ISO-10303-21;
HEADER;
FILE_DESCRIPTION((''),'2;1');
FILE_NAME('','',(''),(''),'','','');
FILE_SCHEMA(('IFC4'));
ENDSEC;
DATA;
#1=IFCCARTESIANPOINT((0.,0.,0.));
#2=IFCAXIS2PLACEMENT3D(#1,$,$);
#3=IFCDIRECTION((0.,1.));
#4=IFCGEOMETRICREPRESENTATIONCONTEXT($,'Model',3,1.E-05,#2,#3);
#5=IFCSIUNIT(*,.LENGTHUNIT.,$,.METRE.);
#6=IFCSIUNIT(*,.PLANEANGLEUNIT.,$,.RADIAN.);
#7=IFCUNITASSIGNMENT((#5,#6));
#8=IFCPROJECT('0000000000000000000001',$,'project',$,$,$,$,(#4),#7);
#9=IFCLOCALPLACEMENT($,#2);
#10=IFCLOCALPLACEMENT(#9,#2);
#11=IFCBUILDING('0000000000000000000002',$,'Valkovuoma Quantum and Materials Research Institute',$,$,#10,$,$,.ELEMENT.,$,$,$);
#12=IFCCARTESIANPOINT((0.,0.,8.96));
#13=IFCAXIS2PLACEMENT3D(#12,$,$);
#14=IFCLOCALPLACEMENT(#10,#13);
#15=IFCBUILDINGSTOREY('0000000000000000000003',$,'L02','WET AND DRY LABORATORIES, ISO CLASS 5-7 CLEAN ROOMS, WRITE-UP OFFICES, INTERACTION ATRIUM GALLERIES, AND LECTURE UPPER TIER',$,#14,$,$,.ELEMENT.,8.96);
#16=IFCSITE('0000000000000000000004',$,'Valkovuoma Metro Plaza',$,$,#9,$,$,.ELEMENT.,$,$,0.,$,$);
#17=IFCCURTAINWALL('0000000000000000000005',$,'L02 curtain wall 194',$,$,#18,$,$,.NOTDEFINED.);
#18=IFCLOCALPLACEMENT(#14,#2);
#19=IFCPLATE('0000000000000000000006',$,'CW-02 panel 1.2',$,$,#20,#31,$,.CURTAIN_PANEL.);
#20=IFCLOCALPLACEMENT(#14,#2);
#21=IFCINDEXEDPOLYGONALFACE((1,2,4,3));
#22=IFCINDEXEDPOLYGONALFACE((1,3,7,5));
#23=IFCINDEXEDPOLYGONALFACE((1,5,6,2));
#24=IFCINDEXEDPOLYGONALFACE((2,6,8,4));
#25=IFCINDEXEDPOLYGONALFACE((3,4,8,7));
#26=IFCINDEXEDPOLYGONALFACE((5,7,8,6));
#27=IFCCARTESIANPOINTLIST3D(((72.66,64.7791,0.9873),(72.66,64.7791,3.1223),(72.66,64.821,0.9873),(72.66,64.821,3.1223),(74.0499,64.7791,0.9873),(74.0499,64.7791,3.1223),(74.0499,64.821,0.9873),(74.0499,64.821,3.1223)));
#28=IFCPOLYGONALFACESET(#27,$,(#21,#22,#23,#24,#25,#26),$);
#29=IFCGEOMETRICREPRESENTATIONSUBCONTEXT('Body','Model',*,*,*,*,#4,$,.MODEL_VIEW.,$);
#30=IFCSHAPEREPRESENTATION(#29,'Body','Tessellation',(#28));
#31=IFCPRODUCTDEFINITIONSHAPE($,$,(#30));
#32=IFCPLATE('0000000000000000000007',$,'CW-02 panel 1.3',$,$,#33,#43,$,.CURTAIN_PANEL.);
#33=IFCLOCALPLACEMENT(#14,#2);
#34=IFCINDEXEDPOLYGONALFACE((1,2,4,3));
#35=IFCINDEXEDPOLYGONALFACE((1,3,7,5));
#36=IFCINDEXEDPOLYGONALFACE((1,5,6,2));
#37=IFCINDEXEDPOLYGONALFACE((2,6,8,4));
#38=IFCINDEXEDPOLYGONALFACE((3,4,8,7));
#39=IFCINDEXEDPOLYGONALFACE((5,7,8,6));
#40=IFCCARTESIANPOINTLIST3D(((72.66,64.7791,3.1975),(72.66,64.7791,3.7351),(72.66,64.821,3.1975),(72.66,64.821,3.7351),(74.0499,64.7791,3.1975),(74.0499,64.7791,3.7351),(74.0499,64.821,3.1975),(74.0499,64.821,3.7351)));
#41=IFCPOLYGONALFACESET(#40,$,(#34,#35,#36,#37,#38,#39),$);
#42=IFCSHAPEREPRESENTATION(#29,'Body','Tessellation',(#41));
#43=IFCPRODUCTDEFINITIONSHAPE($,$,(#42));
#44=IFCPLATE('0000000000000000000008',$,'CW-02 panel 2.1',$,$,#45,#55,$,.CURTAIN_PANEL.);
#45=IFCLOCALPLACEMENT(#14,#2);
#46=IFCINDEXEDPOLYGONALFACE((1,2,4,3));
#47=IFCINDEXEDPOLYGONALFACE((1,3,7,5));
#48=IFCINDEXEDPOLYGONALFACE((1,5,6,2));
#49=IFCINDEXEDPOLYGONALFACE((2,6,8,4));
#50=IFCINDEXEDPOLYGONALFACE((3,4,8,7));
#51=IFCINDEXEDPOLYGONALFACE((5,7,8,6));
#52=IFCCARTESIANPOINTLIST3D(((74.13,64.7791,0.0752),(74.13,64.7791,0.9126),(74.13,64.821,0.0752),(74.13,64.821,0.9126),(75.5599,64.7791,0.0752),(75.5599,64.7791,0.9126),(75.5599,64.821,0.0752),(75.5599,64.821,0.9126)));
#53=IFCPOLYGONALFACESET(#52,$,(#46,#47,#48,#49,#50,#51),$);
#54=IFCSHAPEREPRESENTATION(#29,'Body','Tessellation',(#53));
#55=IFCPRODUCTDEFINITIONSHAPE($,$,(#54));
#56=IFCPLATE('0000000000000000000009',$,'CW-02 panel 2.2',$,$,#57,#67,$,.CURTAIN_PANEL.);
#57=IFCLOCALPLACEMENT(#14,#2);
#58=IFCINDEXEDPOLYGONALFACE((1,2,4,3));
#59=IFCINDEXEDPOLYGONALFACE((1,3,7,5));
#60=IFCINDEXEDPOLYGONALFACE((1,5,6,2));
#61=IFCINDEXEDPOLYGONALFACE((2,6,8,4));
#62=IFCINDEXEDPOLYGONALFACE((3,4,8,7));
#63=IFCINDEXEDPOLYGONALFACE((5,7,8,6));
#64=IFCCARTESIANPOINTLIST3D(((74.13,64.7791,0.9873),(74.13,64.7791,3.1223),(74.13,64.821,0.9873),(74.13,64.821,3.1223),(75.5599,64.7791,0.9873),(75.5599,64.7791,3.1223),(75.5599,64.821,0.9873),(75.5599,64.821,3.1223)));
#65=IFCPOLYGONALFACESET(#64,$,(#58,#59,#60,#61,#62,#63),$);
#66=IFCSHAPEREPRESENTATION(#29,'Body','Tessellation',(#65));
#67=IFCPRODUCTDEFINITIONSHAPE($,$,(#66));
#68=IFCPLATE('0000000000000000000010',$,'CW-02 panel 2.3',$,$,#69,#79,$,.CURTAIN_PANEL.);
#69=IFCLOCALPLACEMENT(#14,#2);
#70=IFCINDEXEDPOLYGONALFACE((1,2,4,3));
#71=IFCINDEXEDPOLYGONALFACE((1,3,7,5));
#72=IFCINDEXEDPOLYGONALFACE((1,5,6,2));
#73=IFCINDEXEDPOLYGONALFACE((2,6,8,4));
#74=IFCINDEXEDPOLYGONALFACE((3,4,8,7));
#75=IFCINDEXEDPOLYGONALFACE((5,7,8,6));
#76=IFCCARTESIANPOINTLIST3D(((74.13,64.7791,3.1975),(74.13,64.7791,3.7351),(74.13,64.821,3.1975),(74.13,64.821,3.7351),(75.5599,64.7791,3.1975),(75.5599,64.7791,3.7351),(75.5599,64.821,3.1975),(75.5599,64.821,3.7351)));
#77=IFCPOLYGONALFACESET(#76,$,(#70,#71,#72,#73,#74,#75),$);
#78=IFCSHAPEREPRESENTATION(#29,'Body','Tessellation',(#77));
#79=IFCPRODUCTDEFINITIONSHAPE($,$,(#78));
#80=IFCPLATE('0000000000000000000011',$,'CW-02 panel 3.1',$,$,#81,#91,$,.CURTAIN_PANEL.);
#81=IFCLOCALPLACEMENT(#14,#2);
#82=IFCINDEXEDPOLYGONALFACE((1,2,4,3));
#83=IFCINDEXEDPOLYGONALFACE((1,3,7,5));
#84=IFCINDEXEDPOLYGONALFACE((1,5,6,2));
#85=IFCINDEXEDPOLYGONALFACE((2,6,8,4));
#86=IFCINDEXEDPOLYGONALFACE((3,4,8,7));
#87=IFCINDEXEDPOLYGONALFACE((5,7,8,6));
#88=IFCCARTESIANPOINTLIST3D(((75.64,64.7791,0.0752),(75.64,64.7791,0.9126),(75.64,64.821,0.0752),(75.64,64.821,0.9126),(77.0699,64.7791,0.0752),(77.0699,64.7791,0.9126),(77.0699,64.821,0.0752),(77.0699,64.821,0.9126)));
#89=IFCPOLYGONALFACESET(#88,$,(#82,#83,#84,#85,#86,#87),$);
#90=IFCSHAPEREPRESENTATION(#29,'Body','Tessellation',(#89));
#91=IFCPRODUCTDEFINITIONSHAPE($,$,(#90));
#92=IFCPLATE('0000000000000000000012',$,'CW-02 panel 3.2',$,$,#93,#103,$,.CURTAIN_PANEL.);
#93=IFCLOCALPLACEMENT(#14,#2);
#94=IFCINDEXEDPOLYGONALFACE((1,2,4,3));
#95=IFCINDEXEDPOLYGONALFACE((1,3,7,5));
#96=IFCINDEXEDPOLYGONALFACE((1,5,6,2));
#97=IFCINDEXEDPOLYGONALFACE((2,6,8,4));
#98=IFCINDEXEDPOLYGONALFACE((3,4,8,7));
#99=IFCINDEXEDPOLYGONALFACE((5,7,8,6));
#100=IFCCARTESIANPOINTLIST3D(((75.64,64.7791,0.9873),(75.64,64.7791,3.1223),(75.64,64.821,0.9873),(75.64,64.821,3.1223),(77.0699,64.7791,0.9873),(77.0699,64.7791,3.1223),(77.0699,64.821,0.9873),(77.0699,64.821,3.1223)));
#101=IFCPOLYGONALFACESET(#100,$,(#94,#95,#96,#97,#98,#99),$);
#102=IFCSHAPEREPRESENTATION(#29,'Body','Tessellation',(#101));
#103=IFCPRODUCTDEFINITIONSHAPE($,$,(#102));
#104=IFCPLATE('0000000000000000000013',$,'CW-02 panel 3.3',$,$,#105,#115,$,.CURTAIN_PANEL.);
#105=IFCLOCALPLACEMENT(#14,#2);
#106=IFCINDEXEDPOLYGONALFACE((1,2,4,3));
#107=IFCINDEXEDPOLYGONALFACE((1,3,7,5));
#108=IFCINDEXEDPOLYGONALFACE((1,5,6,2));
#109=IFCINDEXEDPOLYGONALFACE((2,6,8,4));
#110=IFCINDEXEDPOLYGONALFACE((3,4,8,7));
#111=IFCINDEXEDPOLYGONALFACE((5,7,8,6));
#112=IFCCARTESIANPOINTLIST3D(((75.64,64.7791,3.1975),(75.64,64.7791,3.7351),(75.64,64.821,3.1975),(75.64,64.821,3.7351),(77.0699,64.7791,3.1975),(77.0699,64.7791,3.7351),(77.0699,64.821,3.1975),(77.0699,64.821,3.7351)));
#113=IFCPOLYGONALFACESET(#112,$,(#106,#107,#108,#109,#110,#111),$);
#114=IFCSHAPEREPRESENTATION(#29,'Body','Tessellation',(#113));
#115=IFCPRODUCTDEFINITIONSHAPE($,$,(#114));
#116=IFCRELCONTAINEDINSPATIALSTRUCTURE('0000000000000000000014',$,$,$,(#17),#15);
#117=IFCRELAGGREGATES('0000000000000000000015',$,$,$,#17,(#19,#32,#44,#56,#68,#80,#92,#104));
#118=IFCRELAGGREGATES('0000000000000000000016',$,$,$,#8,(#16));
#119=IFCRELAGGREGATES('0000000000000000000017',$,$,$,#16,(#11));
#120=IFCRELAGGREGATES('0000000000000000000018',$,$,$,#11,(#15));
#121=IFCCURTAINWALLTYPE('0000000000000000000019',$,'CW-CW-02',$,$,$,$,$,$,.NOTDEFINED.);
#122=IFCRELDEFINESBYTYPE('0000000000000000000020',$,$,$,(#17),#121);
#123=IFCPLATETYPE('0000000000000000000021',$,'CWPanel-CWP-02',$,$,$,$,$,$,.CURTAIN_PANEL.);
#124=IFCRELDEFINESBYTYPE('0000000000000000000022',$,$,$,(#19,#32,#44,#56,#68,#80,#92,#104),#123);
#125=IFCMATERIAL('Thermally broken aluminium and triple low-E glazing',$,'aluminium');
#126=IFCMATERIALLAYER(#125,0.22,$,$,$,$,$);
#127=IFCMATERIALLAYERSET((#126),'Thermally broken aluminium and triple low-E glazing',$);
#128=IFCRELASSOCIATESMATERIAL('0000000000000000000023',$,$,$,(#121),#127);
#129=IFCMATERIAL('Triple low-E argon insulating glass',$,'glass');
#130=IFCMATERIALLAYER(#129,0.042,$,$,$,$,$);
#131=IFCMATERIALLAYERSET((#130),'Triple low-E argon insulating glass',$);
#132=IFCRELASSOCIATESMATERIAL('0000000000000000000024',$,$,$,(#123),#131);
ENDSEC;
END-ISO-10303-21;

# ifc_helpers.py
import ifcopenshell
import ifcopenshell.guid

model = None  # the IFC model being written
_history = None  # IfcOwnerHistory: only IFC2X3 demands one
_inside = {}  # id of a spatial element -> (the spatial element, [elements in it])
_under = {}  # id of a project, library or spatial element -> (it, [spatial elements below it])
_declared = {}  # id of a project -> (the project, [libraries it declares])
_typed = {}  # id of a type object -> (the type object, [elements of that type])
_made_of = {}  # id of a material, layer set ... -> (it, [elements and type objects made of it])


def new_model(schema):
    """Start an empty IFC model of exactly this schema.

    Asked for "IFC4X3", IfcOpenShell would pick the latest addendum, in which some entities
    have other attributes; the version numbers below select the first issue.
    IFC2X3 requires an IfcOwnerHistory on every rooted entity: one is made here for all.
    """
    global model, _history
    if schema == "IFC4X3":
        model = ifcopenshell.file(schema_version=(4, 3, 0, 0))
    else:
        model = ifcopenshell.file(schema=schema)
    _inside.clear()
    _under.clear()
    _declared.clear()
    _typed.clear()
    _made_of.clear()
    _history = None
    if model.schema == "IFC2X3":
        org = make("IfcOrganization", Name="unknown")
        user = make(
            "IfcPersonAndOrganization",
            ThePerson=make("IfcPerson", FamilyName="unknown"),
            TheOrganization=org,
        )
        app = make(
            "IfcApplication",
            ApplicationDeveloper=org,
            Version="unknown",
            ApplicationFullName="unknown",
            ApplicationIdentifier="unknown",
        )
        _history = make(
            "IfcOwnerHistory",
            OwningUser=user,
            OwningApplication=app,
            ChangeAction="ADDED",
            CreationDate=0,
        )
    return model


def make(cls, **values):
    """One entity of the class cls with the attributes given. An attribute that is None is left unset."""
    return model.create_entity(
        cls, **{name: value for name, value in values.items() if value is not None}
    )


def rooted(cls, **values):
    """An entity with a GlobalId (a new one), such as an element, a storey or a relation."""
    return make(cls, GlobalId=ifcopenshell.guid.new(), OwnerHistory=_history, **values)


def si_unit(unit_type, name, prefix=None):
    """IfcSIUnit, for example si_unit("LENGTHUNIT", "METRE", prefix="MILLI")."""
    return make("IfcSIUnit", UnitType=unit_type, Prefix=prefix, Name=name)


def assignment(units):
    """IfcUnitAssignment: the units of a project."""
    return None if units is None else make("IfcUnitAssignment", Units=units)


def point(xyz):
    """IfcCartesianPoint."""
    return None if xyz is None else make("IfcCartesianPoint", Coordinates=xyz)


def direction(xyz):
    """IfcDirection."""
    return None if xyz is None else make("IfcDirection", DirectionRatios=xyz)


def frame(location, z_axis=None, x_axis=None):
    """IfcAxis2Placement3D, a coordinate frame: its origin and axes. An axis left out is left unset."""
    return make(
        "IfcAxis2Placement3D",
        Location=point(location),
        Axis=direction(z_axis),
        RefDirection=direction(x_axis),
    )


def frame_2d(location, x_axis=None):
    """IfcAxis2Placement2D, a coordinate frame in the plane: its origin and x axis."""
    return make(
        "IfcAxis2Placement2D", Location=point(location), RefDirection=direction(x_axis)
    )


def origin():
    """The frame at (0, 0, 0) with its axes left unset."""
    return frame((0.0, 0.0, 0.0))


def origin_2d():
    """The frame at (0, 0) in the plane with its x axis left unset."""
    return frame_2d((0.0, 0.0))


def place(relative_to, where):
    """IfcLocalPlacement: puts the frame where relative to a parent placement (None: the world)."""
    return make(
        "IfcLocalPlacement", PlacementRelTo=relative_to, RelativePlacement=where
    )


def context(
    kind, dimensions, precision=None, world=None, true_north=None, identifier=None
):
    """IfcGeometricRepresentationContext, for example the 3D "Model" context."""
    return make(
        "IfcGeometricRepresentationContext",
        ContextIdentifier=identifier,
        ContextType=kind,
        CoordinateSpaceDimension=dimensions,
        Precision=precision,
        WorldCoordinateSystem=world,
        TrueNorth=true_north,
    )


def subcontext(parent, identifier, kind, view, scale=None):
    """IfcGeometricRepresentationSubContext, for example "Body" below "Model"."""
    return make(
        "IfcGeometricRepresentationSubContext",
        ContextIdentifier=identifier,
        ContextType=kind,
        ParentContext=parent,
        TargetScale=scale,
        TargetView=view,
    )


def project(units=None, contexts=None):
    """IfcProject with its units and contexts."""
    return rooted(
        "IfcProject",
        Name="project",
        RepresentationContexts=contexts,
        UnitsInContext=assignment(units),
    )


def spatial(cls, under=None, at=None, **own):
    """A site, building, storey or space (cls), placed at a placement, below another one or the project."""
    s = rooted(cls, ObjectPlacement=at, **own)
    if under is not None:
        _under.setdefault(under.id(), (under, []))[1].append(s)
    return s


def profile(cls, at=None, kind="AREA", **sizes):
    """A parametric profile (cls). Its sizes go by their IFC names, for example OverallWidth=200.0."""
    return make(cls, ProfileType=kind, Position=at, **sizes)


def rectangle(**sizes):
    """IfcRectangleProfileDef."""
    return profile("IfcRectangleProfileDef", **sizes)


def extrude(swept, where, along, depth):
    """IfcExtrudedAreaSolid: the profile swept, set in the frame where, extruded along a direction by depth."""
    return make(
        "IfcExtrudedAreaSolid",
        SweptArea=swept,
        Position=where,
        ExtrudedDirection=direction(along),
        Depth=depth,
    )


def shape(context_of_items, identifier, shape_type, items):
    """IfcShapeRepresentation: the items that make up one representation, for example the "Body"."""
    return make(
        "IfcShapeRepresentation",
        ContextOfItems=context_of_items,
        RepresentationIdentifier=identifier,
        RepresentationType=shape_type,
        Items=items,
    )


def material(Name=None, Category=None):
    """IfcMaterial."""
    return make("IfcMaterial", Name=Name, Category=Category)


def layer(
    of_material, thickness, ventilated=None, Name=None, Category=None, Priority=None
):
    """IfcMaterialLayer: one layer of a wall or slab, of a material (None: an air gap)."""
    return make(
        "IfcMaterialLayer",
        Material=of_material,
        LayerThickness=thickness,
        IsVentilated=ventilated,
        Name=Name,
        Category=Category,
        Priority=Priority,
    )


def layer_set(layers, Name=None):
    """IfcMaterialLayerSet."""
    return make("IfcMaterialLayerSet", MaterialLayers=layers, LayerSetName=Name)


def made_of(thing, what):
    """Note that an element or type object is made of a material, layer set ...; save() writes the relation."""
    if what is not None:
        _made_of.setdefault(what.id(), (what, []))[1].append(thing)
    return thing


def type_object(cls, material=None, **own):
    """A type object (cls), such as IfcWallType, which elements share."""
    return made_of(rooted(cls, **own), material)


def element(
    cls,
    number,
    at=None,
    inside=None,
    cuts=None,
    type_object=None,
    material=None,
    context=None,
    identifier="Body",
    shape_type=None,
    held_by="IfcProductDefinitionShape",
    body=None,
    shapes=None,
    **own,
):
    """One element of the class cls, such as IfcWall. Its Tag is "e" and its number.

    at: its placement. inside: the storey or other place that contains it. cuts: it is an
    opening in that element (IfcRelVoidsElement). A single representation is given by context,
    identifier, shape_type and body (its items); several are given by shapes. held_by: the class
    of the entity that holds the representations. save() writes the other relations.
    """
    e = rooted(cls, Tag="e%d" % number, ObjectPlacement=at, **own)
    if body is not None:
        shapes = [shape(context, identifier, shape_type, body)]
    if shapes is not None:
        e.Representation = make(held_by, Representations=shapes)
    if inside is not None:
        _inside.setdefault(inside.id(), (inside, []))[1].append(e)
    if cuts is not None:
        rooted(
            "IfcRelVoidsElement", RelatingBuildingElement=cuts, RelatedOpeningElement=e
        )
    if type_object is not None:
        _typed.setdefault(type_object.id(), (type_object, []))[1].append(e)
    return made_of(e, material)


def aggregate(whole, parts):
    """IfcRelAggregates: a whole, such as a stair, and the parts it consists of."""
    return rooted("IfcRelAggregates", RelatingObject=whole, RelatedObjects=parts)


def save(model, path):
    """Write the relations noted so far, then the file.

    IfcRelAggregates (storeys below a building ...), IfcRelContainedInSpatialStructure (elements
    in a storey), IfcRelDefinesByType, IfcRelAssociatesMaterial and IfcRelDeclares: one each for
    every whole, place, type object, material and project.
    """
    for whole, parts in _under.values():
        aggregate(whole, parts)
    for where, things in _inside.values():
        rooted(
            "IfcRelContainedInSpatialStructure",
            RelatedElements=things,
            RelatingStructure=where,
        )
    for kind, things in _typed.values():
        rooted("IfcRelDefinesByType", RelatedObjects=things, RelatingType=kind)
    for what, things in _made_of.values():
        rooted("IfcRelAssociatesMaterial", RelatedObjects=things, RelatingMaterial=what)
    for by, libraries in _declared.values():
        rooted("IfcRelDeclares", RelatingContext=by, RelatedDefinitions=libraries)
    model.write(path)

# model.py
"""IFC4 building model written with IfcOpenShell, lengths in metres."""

from ifc_helpers import new_model, si_unit, direction, frame, origin, origin_2d, place, context, subcontext, project, spatial, rectangle, extrude, material, layer, layer_set, type_object, element, aggregate, save


model = new_model("IFC4")

# Units and contexts
model_context = context("Model", 3, precision=1e-05, world=origin(), true_north=direction((0.0, 1.0)))
body_context = subcontext(model_context, "Body", "Model", "MODEL_VIEW")
ifc_project = project(units=[si_unit("LENGTHUNIT", "METRE"), si_unit("PLANEANGLEUNIT", "RADIAN")], contexts=[model_context])

# Site, building, storey
site_placement = place(None, origin())
site = spatial("IfcSite", under=ifc_project, at=site_placement, Name="Valkovuoma Metro Plaza", CompositionType="ELEMENT", RefElevation=0.0)
building_placement = place(site_placement, origin())
building = spatial("IfcBuilding", under=site, at=building_placement, Name="Valkovuoma Quantum and Materials Research Institute", CompositionType="ELEMENT")
storey_placement = place(building_placement, frame((0.0, 0.0, 8.96)))
storey = spatial("IfcBuildingStorey", under=building, at=storey_placement, Name="L02", Description="WET AND DRY LABORATORIES, ISO CLASS 5-7 CLEAN ROOMS, WRITE-UP OFFICES, INTERACTION ATRIUM GALLERIES, AND LECTURE UPPER TIER", CompositionType="ELEMENT", Elevation=8.96)

# Shared definitions
ifc_material_1 = material(Name="Thermally broken aluminium and triple low-E glazing", Category="aluminium")
ifc_layer_1 = layer(ifc_material_1, 0.22)
ifc_layer_set_1 = layer_set([ifc_layer_1], Name="Thermally broken aluminium and triple low-E glazing")
curtain_wall_type = type_object("IfcCurtainWallType", Name="CW-CW-02", PredefinedType="NOTDEFINED", material=ifc_layer_set_1)

# Curtain wall
curtain_wall_1_placement = place(storey_placement, origin())
curtain_wall_1 = element("IfcCurtainWall", 1, at=curtain_wall_1_placement, inside=storey, type_object=curtain_wall_type, Name="L02 curtain wall 194", PredefinedType="NOTDEFINED")

# Plates
ifc_material_2 = material(Name="Triple low-E argon insulating glass", Category="glass")
ifc_layer_2 = layer(ifc_material_2, 0.042)
ifc_layer_set_2 = layer_set([ifc_layer_2], Name="Triple low-E argon insulating glass")
plate_type = type_object("IfcPlateType", Name="CWPanel-CWP-02", PredefinedType="CURTAIN_PANEL", material=ifc_layer_set_2)
plate_1_placement = place(storey_placement, frame((73.355, 64.8, 0.9873), z_axis=(0.0, 0.0, 1.0), x_axis=(1.0, 0.0, 0.0)))
plate_1 = element("IfcPlate", 2, at=plate_1_placement, type_object=plate_type, Name="CW-02 panel 1.2", PredefinedType="CURTAIN_PANEL", context=body_context, shape_type="SweptSolid", body=[
    extrude(rectangle(XDim=1.3899, YDim=0.042, at=origin_2d()), origin(), (0.0, 0.0, 1.0), 2.135),
])
plate_2_placement = place(storey_placement, frame((73.355, 64.8, 3.1975), z_axis=(0.0, 0.0, 1.0), x_axis=(1.0, 0.0, 0.0)))
plate_2 = element("IfcPlate", 3, at=plate_2_placement, type_object=plate_type, Name="CW-02 panel 1.3", PredefinedType="CURTAIN_PANEL", context=body_context, shape_type="SweptSolid", body=[
    extrude(rectangle(XDim=1.3899, YDim=0.042, at=origin_2d()), origin(), (0.0, 0.0, 1.0), 0.5376),
])
plate_3_placement = place(storey_placement, frame((74.845, 64.8, 0.0752), z_axis=(0.0, 0.0, 1.0), x_axis=(1.0, 0.0, 0.0)))
plate_3 = element("IfcPlate", 4, at=plate_3_placement, type_object=plate_type, Name="CW-02 panel 2.1", PredefinedType="CURTAIN_PANEL", context=body_context, shape_type="SweptSolid", body=[
    extrude(rectangle(XDim=1.4299, YDim=0.042, at=origin_2d()), origin(), (0.0, 0.0, 1.0), 0.8374),
])
plate_4_placement = place(storey_placement, frame((74.845, 64.8, 0.9873), z_axis=(0.0, 0.0, 1.0), x_axis=(1.0, 0.0, 0.0)))
plate_4 = element("IfcPlate", 5, at=plate_4_placement, type_object=plate_type, Name="CW-02 panel 2.2", PredefinedType="CURTAIN_PANEL", context=body_context, shape_type="SweptSolid", body=[
    extrude(rectangle(XDim=1.4299, YDim=0.042, at=origin_2d()), origin(), (0.0, 0.0, 1.0), 2.135),
])
plate_5_placement = place(storey_placement, frame((74.845, 64.8, 3.1975), z_axis=(0.0, 0.0, 1.0), x_axis=(1.0, 0.0, 0.0)))
plate_5 = element("IfcPlate", 6, at=plate_5_placement, type_object=plate_type, Name="CW-02 panel 2.3", PredefinedType="CURTAIN_PANEL", context=body_context, shape_type="SweptSolid", body=[
    extrude(rectangle(XDim=1.4299, YDim=0.042, at=origin_2d()), origin(), (0.0, 0.0, 1.0), 0.5376),
])
plate_6_placement = place(storey_placement, frame((76.355, 64.8, 0.0752), z_axis=(0.0, 0.0, 1.0), x_axis=(1.0, 0.0, 0.0)))
plate_6 = element("IfcPlate", 7, at=plate_6_placement, type_object=plate_type, Name="CW-02 panel 3.1", PredefinedType="CURTAIN_PANEL", context=body_context, shape_type="SweptSolid", body=[
    extrude(rectangle(XDim=1.4299, YDim=0.042, at=origin_2d()), origin(), (0.0, 0.0, 1.0), 0.8374),
])
plate_7_placement = place(storey_placement, frame((76.355, 64.8, 0.9873), z_axis=(0.0, 0.0, 1.0), x_axis=(1.0, 0.0, 0.0)))
plate_7 = element("IfcPlate", 8, at=plate_7_placement, type_object=plate_type, Name="CW-02 panel 3.2", PredefinedType="CURTAIN_PANEL", context=body_context, shape_type="SweptSolid", body=[
    extrude(rectangle(XDim=1.4299, YDim=0.042, at=origin_2d()), origin(), (0.0, 0.0, 1.0), 2.135),
])
plate_8_placement = place(storey_placement, frame((76.355, 64.8, 3.1975), z_axis=(0.0, 0.0, 1.0), x_axis=(1.0, 0.0, 0.0)))
plate_8 = element("IfcPlate", 9, at=plate_8_placement, type_object=plate_type, Name="CW-02 panel 3.3", PredefinedType="CURTAIN_PANEL", context=body_context, shape_type="SweptSolid", body=[
    extrude(rectangle(XDim=1.4299, YDim=0.042, at=origin_2d()), origin(), (0.0, 0.0, 1.0), 0.5376),
])
aggregate(curtain_wall_1, [plate_1, plate_2, plate_3, plate_4, plate_5, plate_6, plate_7, plate_8])

save(model, "model.ifc")
